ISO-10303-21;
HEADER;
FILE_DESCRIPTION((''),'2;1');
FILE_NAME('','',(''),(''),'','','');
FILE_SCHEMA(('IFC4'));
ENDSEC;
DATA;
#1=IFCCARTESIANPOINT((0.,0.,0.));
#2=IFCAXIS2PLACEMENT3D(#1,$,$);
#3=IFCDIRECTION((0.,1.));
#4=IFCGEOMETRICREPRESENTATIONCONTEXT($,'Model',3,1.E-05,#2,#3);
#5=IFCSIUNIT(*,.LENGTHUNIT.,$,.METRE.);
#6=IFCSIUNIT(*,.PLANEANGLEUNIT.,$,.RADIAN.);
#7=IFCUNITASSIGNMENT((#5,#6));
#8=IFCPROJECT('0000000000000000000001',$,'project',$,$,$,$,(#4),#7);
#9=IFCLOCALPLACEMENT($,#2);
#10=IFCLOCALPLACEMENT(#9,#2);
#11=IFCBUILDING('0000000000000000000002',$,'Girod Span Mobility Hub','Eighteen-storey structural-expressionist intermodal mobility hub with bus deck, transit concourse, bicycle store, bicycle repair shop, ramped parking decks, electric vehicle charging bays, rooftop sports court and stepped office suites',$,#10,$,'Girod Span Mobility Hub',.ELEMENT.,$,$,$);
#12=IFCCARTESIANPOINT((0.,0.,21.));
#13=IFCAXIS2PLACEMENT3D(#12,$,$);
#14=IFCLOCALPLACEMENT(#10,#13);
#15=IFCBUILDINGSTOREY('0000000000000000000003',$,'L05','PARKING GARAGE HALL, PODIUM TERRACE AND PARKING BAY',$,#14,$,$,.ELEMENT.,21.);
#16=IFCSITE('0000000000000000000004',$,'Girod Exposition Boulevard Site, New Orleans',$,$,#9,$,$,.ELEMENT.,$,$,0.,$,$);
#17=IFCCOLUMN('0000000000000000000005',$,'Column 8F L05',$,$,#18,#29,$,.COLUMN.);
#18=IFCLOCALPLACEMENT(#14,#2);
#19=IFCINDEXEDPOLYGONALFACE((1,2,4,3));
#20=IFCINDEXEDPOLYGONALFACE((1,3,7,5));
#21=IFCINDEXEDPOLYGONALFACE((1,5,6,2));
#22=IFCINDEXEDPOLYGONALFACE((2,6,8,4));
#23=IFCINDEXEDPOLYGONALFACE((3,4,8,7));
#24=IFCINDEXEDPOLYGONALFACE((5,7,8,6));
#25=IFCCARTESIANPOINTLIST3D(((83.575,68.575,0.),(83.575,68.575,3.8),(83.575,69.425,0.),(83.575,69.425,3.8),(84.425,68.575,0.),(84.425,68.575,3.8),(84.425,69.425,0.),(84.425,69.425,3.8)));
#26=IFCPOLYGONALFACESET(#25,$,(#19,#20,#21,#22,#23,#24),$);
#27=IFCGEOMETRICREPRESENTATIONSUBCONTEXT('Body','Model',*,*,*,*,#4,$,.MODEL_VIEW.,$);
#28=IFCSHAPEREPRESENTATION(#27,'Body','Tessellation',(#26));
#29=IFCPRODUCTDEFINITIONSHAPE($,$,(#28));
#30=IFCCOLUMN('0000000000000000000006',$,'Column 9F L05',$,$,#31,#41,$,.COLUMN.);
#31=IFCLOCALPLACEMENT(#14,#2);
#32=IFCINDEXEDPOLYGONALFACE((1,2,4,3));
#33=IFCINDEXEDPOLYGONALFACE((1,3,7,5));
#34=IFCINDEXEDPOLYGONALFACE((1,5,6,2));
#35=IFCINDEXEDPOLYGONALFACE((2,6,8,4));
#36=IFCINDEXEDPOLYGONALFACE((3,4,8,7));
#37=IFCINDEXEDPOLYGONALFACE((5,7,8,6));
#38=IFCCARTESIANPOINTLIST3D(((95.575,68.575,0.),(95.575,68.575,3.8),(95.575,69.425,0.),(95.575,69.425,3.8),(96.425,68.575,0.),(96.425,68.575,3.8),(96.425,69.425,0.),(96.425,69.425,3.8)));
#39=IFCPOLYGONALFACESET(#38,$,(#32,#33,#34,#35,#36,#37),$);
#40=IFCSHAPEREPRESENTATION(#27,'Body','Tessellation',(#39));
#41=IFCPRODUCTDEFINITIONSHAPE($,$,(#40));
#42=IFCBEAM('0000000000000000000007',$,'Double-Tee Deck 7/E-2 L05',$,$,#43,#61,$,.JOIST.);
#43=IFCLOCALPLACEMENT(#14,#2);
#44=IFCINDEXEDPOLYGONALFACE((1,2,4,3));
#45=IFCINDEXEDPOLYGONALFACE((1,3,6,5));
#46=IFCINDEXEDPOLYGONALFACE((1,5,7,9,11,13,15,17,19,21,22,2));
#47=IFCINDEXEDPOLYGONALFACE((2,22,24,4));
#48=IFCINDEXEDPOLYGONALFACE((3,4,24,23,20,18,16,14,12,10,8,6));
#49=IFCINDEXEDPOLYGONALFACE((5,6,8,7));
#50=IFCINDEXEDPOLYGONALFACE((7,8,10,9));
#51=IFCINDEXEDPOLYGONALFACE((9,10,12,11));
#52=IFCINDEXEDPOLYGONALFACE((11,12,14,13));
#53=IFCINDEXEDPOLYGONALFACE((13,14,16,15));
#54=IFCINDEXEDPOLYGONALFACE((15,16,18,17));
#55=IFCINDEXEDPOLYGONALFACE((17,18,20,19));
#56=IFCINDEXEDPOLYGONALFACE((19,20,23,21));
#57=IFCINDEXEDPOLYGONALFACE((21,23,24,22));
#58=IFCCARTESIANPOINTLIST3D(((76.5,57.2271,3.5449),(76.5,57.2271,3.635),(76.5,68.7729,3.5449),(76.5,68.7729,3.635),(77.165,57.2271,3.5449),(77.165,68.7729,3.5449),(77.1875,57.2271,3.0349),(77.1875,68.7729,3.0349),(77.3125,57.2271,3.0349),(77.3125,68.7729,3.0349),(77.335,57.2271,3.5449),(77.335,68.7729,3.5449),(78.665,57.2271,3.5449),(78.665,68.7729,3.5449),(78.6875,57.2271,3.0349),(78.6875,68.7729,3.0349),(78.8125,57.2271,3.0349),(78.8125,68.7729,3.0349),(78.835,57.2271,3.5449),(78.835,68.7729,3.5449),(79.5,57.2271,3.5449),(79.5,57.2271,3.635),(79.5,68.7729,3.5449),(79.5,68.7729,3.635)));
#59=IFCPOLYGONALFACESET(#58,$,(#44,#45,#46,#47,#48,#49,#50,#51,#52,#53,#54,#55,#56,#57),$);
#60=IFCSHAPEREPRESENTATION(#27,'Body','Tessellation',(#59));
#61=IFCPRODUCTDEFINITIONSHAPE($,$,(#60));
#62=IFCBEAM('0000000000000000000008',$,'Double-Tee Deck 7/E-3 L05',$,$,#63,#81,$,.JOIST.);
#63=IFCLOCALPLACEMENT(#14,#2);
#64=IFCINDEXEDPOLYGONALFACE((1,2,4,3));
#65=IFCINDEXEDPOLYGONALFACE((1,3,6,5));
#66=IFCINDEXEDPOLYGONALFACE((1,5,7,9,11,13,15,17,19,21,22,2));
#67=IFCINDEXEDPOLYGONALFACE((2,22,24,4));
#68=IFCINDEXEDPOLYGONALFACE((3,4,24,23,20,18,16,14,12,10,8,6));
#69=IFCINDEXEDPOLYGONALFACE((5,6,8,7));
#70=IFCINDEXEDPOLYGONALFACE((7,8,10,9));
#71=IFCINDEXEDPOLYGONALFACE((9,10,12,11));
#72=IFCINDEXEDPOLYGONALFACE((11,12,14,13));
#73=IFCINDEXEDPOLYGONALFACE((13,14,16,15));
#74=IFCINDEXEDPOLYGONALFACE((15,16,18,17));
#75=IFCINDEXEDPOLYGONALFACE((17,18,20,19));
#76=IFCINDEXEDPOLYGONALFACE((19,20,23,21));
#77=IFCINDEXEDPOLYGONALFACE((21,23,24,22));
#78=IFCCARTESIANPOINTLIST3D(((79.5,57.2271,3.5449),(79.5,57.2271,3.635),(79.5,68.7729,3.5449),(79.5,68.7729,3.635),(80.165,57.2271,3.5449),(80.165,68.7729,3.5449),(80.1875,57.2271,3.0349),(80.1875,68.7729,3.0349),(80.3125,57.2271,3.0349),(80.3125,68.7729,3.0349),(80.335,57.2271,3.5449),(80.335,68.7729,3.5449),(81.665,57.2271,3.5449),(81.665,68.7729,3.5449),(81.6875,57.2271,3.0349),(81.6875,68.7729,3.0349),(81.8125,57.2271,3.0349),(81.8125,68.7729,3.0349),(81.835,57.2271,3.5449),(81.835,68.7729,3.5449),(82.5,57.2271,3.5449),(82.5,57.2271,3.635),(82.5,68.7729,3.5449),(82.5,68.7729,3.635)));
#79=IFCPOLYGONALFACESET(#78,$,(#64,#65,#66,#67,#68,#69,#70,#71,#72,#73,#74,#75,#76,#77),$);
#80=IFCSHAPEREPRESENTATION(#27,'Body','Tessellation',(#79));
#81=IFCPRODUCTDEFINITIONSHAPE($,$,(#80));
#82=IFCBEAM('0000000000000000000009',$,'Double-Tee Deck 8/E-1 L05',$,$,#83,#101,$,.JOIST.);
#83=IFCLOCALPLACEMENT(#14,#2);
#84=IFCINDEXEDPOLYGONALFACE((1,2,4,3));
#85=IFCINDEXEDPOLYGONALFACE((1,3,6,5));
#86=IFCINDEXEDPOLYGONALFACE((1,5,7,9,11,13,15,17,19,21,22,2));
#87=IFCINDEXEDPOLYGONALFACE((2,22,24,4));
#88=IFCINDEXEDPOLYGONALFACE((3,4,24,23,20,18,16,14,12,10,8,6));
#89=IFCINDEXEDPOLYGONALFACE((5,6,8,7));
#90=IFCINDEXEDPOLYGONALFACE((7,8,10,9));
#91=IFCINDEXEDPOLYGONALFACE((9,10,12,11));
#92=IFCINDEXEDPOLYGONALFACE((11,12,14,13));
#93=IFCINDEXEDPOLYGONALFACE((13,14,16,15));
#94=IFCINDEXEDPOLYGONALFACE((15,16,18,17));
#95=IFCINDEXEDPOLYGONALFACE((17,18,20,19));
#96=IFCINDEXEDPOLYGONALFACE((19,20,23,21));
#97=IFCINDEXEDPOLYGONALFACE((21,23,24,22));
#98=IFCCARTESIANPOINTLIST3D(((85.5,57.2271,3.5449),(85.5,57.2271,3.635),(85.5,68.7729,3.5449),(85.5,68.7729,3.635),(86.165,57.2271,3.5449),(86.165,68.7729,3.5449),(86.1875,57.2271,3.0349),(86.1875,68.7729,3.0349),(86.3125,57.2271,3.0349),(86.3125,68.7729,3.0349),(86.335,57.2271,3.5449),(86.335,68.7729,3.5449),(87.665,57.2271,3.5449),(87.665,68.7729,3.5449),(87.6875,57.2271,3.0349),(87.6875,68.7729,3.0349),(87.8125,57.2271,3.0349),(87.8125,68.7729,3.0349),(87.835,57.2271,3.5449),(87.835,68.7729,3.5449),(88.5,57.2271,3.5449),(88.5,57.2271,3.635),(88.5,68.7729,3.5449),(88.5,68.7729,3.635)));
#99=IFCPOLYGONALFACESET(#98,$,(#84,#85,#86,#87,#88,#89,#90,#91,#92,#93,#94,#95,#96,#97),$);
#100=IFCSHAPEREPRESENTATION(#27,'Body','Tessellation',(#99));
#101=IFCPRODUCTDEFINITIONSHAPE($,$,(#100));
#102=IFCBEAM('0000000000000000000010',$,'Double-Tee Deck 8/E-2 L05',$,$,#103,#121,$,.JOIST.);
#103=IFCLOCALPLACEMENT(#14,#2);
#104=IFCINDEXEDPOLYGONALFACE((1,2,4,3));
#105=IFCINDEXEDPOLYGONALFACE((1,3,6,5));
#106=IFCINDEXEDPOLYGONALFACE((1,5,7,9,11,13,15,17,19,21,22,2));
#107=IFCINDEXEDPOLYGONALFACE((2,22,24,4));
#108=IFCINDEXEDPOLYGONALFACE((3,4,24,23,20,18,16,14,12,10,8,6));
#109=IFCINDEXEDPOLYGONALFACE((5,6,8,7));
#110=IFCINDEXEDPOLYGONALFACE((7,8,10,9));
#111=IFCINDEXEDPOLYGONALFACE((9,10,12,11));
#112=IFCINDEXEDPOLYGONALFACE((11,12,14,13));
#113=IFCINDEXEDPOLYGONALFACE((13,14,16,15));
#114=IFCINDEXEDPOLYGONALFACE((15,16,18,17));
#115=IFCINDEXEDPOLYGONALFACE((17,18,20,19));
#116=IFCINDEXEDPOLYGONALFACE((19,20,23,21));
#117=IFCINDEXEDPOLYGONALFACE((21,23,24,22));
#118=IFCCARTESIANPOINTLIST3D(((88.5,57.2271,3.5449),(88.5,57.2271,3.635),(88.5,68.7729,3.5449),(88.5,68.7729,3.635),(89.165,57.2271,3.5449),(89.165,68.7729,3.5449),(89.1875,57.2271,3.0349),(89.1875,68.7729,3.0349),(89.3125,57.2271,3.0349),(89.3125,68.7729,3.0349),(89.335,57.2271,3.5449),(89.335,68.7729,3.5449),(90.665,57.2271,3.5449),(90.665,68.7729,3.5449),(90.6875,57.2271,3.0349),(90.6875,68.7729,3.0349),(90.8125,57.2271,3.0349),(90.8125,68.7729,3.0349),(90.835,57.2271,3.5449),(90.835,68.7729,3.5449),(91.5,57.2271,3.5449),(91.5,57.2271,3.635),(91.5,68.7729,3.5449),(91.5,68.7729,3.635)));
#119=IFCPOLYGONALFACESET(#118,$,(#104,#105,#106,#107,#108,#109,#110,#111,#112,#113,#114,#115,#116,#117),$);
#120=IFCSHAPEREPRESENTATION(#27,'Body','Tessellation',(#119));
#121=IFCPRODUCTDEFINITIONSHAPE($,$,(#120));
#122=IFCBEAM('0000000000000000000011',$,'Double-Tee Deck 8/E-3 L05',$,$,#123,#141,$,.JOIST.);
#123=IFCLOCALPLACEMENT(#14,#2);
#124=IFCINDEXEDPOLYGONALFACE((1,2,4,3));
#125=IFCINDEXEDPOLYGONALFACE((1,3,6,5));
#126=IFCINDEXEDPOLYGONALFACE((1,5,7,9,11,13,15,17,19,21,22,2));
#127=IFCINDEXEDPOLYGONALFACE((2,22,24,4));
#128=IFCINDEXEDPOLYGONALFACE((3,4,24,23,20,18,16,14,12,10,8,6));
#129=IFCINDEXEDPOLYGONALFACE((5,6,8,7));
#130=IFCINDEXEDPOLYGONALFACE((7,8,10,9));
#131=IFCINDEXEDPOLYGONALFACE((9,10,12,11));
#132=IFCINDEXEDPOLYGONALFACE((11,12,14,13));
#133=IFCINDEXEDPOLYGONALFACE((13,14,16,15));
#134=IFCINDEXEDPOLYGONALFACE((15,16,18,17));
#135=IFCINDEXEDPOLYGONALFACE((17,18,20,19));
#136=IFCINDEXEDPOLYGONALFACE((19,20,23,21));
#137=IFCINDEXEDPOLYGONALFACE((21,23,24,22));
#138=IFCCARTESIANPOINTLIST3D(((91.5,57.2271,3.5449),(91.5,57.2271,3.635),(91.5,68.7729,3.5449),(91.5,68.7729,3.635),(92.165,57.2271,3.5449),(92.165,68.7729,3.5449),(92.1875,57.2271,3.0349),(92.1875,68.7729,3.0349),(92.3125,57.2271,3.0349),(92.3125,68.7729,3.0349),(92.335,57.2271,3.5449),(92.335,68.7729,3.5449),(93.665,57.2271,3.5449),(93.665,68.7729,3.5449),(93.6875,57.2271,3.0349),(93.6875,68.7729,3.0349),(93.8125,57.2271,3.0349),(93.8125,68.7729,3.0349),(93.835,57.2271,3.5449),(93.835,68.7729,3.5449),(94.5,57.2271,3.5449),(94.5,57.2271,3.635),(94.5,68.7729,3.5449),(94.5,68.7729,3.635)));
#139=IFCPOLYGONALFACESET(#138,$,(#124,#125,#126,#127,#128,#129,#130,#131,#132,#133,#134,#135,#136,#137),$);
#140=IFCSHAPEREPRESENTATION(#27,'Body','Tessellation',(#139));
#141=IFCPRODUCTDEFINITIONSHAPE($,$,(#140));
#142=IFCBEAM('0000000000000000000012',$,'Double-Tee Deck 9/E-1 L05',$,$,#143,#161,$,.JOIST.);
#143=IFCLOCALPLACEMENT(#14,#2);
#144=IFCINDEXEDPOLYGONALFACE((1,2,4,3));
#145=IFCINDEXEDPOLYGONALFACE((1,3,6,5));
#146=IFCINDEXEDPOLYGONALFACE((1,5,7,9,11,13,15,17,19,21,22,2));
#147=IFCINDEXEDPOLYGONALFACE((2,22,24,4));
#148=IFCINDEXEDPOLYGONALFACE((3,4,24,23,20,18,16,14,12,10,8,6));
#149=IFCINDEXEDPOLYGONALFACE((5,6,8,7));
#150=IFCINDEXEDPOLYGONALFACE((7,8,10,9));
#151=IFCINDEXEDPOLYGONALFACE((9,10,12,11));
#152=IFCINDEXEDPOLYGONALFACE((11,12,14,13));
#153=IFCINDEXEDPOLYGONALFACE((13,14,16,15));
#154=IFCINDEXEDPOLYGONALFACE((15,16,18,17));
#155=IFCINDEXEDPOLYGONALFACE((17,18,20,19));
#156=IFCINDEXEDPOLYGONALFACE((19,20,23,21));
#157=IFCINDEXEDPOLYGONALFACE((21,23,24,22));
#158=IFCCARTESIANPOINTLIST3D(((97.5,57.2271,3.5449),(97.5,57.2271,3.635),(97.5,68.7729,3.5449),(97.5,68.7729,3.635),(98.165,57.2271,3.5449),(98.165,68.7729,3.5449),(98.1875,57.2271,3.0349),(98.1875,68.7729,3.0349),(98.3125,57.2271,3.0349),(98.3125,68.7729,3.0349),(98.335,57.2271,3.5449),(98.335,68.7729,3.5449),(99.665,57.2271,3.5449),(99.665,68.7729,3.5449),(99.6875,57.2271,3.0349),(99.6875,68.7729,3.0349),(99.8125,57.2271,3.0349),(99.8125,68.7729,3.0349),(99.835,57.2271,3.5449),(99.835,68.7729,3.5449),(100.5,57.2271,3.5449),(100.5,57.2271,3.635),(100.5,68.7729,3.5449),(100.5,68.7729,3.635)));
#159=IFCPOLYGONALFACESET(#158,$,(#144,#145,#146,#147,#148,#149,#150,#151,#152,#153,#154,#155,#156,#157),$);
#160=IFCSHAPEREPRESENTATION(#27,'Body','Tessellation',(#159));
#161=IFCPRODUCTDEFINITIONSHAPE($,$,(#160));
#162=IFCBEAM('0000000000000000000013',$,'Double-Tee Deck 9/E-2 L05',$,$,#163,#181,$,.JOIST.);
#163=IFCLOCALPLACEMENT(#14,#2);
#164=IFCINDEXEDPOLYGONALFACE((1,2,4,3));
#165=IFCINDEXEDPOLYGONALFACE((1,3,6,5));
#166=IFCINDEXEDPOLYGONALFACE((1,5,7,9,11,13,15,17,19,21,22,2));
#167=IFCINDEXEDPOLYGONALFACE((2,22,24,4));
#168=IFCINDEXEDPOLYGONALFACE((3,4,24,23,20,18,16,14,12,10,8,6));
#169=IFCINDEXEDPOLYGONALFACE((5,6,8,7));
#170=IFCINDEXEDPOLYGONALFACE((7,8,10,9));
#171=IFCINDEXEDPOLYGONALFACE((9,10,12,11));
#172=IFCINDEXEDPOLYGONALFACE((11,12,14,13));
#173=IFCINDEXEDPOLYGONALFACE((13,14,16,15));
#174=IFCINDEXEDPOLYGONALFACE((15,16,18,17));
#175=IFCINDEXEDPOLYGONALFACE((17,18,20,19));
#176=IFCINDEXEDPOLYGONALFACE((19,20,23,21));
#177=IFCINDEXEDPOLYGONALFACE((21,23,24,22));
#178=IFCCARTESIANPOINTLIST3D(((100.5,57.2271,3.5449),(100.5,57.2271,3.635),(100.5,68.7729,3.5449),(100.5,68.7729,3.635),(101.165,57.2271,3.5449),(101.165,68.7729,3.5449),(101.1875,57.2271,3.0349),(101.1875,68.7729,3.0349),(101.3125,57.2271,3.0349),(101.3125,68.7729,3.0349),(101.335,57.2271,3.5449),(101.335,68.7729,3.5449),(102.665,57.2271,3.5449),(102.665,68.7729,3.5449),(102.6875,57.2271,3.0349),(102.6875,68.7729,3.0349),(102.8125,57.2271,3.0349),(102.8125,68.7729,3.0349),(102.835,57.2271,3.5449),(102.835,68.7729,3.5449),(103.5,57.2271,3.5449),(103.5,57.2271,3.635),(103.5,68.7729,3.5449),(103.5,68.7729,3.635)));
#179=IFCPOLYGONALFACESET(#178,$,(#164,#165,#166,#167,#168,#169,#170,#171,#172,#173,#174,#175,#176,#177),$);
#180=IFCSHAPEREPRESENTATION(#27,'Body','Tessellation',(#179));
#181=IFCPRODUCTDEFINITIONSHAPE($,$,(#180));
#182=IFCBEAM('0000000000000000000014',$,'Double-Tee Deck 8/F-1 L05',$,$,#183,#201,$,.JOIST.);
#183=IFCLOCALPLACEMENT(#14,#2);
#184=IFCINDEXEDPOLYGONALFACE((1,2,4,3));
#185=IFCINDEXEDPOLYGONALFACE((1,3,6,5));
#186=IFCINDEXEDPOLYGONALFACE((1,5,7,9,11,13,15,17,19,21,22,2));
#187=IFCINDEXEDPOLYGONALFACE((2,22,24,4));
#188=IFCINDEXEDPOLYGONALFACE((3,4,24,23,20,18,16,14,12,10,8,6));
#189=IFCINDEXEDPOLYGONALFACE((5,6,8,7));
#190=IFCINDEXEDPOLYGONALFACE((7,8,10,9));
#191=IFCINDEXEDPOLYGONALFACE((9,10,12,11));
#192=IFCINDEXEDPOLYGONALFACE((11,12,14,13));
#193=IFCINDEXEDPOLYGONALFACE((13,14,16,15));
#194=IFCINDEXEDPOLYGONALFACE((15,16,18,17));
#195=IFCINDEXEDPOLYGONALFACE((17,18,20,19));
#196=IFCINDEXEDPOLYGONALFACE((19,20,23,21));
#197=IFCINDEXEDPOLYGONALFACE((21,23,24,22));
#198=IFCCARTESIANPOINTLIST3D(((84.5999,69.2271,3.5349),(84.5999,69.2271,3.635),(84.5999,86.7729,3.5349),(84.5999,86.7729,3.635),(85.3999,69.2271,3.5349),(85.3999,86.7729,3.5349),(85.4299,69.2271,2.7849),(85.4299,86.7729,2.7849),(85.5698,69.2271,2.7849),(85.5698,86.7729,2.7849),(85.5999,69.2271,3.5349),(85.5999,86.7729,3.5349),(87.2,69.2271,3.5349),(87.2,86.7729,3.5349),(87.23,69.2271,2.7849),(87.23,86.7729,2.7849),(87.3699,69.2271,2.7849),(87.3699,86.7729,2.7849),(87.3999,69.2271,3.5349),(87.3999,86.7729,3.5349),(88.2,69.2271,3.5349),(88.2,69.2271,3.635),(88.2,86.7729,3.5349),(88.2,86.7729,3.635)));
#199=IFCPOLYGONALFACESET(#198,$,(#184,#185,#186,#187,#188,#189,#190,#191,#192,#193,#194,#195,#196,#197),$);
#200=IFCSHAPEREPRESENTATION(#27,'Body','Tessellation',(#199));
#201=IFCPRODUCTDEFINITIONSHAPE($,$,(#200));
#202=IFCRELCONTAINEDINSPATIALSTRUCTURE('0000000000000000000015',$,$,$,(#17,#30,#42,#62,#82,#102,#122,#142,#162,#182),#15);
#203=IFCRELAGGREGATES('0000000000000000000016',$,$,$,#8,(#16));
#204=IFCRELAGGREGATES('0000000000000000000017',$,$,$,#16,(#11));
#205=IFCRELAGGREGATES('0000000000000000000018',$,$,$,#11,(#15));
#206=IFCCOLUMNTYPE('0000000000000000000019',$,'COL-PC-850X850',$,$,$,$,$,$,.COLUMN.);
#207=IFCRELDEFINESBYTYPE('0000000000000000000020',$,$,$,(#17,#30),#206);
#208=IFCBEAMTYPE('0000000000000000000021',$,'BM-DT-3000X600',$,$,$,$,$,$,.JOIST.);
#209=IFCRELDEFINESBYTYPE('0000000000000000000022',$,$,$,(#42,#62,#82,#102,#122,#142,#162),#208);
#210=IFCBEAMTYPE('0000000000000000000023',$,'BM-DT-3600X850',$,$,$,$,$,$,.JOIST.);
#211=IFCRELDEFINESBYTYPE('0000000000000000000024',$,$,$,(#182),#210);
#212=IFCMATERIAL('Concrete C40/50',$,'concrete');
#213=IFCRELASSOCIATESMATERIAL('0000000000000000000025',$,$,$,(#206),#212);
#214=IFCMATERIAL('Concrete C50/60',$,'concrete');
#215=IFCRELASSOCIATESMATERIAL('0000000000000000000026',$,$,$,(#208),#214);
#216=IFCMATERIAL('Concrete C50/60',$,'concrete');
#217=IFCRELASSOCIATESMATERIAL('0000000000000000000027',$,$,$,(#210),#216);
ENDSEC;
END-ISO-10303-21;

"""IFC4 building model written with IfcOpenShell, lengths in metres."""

from ifc_helpers import new_model, si_unit, direction, frame, origin, origin_2d, place, context, subcontext, project, spatial, polyline, rectangle, outline, extrude, material, material_profile, profile_set, type_object, element, save


model = new_model("IFC4")

# Units and contexts
model_context = context("Model", 3, precision=1e-05, world=origin(), true_north=direction((0.0, 1.0)))
body_context = subcontext(model_context, "Body", "Model", "MODEL_VIEW")
ifc_project = project(units=[si_unit("LENGTHUNIT", "METRE"), si_unit("PLANEANGLEUNIT", "RADIAN")], contexts=[model_context])

# Site, building, storey
site_placement = place(None, origin())
site = spatial("IfcSite", under=ifc_project, at=site_placement, Name="Girod Exposition Boulevard Site, New Orleans", CompositionType="ELEMENT", RefElevation=0.0)
building_placement = place(site_placement, origin())
building = spatial("IfcBuilding", under=site, at=building_placement, Name="Girod Span Mobility Hub", Description="Eighteen-storey structural-expressionist intermodal mobility hub with bus deck, transit concourse, bicycle store, bicycle repair shop, ramped parking decks, electric vehicle charging bays, rooftop sports court and stepped office suites", LongName="Girod Span Mobility Hub", CompositionType="ELEMENT")
storey_placement = place(building_placement, frame((0.0, 0.0, 21.0)))
storey = spatial("IfcBuildingStorey", under=building, at=storey_placement, Name="L05", Description="PARKING GARAGE HALL, PODIUM TERRACE AND PARKING BAY", CompositionType="ELEMENT", Elevation=21.0)

# Columns
ifc_material_1 = material(Name="Concrete C40/50", Category="concrete")
ifc_material_profile_1 = material_profile(ifc_material_1, rectangle(XDim=0.8501, YDim=0.8501, at=origin_2d()), Name="PC-COL-850X850")
ifc_profile_set_1 = profile_set([ifc_material_profile_1], Name="Concrete C40/50")
column_type = type_object("IfcColumnType", Name="COL-PC-850X850", PredefinedType="COLUMN", material=ifc_profile_set_1)
for number, where, z_axis, x_axis, name in (
    (1, (84.0, 69.0, 0.0), (0.0, 0.0, 1.0), (1.0, 0.0, 0.0), "Column 8F L05"),
    (2, (96.0, 69.0, 0.0), (0.0, 0.0, 1.0), (1.0, 0.0, 0.0), "Column 9F L05"),
):
    element("IfcColumn", number, at=place(storey_placement, frame(where, z_axis=z_axis, x_axis=x_axis)), inside=storey, type_object=column_type, Name=name, PredefinedType="COLUMN", context=body_context, shape_type="SweptSolid", body=[
        extrude(rectangle(XDim=0.8501, YDim=0.8501, at=origin_2d()), origin(), (0.0, 0.0, 1.0), 3.8),
    ])

# Beams
ifc_material_2 = material(Name="Concrete C50/60", Category="concrete")
ifc_material_profile_2 = material_profile(ifc_material_2, outline(polyline([(-1.5, 0.3), (-1.5, 0.21), (-0.835, 0.21), (-0.8125, -0.3), (-0.6875, -0.3), (-0.665, 0.21), (0.665, 0.21), (0.6875, -0.3), (0.8125, -0.3), (0.835, 0.21), (1.5, 0.21), (1.5, 0.3), (-1.5, 0.3)])), Name="DT-3000X600")
ifc_profile_set_2 = profile_set([ifc_material_profile_2], Name="Concrete C50/60")
beam_type_1 = type_object("IfcBeamType", Name="BM-DT-3000X600", PredefinedType="JOIST", material=ifc_profile_set_2)
for number, where, z_axis, x_axis, name in (
    (3, (78.0, 57.2271, 3.335), (0.0, 1.0, 0.0), (-1.0, 0.0, 0.0), "Double-Tee Deck 7/E-2 L05"),
    (4, (81.0, 57.2271, 3.335), (0.0, 1.0, 0.0), (-1.0, 0.0, 0.0), "Double-Tee Deck 7/E-3 L05"),
    (5, (87.0, 57.2271, 3.335), (0.0, 1.0, 0.0), (-1.0, 0.0, 0.0), "Double-Tee Deck 8/E-1 L05"),
    (6, (90.0, 57.2271, 3.335), (0.0, 1.0, 0.0), (-1.0, 0.0, 0.0), "Double-Tee Deck 8/E-2 L05"),
    (7, (93.0, 57.2271, 3.335), (0.0, 1.0, 0.0), (-1.0, 0.0, 0.0), "Double-Tee Deck 8/E-3 L05"),
    (8, (99.0, 57.2271, 3.335), (0.0, 1.0, 0.0), (-1.0, 0.0, 0.0), "Double-Tee Deck 9/E-1 L05"),
    (9, (102.0, 57.2271, 3.335), (0.0, 1.0, 0.0), (-1.0, 0.0, 0.0), "Double-Tee Deck 9/E-2 L05"),
):
    element("IfcBeam", number, at=place(storey_placement, frame(where, z_axis=z_axis, x_axis=x_axis)), inside=storey, type_object=beam_type_1, Name=name, PredefinedType="JOIST", context=body_context, shape_type="SweptSolid", body=[
        extrude(outline(polyline([(-1.5, 0.3), (-1.5, 0.21), (-0.835, 0.21), (-0.8125, -0.3), (-0.6875, -0.3), (-0.665, 0.21), (0.665, 0.21), (0.6875, -0.3), (0.8125, -0.3), (0.835, 0.21), (1.5, 0.21), (1.5, 0.3), (-1.5, 0.3)])), origin(), (0.0, 0.0, 1.0), 11.5459),
    ])
ifc_material_3 = material(Name="Concrete C50/60", Category="concrete")
ifc_material_profile_3 = material_profile(ifc_material_3, outline(polyline([(-1.8, 0.425), (-1.8, 0.325), (-1.0, 0.325), (-0.97, -0.425), (-0.8301, -0.425), (-0.8, 0.325), (0.8, 0.325), (0.8301, -0.425), (0.97, -0.425), (1.0, 0.325), (1.8, 0.325), (1.8, 0.425), (-1.8, 0.425)])), Name="DT-3600X850")
ifc_profile_set_3 = profile_set([ifc_material_profile_3], Name="Concrete C50/60")
beam_type_2 = type_object("IfcBeamType", Name="BM-DT-3600X850", PredefinedType="JOIST", material=ifc_profile_set_3)
for number, where, z_axis, x_axis, name in (
    (10, (86.3999, 69.2271, 3.21), (0.0, 1.0, 0.0), (-1.0, 0.0, 0.0), "Double-Tee Deck 8/F-1 L05"),
):
    element("IfcBeam", number, at=place(storey_placement, frame(where, z_axis=z_axis, x_axis=x_axis)), inside=storey, type_object=beam_type_2, Name=name, PredefinedType="JOIST", context=body_context, shape_type="SweptSolid", body=[
        extrude(outline(polyline([(-1.8, 0.425), (-1.8, 0.325), (-1.0, 0.325), (-0.97, -0.425), (-0.8301, -0.425), (-0.8, 0.325), (0.8, 0.325), (0.8301, -0.425), (0.97, -0.425), (1.0, 0.325), (1.8, 0.325), (1.8, 0.425), (-1.8, 0.425)])), origin(), (0.0, 0.0, 1.0), 17.5459),
    ])

save(model, "model.ifc")
